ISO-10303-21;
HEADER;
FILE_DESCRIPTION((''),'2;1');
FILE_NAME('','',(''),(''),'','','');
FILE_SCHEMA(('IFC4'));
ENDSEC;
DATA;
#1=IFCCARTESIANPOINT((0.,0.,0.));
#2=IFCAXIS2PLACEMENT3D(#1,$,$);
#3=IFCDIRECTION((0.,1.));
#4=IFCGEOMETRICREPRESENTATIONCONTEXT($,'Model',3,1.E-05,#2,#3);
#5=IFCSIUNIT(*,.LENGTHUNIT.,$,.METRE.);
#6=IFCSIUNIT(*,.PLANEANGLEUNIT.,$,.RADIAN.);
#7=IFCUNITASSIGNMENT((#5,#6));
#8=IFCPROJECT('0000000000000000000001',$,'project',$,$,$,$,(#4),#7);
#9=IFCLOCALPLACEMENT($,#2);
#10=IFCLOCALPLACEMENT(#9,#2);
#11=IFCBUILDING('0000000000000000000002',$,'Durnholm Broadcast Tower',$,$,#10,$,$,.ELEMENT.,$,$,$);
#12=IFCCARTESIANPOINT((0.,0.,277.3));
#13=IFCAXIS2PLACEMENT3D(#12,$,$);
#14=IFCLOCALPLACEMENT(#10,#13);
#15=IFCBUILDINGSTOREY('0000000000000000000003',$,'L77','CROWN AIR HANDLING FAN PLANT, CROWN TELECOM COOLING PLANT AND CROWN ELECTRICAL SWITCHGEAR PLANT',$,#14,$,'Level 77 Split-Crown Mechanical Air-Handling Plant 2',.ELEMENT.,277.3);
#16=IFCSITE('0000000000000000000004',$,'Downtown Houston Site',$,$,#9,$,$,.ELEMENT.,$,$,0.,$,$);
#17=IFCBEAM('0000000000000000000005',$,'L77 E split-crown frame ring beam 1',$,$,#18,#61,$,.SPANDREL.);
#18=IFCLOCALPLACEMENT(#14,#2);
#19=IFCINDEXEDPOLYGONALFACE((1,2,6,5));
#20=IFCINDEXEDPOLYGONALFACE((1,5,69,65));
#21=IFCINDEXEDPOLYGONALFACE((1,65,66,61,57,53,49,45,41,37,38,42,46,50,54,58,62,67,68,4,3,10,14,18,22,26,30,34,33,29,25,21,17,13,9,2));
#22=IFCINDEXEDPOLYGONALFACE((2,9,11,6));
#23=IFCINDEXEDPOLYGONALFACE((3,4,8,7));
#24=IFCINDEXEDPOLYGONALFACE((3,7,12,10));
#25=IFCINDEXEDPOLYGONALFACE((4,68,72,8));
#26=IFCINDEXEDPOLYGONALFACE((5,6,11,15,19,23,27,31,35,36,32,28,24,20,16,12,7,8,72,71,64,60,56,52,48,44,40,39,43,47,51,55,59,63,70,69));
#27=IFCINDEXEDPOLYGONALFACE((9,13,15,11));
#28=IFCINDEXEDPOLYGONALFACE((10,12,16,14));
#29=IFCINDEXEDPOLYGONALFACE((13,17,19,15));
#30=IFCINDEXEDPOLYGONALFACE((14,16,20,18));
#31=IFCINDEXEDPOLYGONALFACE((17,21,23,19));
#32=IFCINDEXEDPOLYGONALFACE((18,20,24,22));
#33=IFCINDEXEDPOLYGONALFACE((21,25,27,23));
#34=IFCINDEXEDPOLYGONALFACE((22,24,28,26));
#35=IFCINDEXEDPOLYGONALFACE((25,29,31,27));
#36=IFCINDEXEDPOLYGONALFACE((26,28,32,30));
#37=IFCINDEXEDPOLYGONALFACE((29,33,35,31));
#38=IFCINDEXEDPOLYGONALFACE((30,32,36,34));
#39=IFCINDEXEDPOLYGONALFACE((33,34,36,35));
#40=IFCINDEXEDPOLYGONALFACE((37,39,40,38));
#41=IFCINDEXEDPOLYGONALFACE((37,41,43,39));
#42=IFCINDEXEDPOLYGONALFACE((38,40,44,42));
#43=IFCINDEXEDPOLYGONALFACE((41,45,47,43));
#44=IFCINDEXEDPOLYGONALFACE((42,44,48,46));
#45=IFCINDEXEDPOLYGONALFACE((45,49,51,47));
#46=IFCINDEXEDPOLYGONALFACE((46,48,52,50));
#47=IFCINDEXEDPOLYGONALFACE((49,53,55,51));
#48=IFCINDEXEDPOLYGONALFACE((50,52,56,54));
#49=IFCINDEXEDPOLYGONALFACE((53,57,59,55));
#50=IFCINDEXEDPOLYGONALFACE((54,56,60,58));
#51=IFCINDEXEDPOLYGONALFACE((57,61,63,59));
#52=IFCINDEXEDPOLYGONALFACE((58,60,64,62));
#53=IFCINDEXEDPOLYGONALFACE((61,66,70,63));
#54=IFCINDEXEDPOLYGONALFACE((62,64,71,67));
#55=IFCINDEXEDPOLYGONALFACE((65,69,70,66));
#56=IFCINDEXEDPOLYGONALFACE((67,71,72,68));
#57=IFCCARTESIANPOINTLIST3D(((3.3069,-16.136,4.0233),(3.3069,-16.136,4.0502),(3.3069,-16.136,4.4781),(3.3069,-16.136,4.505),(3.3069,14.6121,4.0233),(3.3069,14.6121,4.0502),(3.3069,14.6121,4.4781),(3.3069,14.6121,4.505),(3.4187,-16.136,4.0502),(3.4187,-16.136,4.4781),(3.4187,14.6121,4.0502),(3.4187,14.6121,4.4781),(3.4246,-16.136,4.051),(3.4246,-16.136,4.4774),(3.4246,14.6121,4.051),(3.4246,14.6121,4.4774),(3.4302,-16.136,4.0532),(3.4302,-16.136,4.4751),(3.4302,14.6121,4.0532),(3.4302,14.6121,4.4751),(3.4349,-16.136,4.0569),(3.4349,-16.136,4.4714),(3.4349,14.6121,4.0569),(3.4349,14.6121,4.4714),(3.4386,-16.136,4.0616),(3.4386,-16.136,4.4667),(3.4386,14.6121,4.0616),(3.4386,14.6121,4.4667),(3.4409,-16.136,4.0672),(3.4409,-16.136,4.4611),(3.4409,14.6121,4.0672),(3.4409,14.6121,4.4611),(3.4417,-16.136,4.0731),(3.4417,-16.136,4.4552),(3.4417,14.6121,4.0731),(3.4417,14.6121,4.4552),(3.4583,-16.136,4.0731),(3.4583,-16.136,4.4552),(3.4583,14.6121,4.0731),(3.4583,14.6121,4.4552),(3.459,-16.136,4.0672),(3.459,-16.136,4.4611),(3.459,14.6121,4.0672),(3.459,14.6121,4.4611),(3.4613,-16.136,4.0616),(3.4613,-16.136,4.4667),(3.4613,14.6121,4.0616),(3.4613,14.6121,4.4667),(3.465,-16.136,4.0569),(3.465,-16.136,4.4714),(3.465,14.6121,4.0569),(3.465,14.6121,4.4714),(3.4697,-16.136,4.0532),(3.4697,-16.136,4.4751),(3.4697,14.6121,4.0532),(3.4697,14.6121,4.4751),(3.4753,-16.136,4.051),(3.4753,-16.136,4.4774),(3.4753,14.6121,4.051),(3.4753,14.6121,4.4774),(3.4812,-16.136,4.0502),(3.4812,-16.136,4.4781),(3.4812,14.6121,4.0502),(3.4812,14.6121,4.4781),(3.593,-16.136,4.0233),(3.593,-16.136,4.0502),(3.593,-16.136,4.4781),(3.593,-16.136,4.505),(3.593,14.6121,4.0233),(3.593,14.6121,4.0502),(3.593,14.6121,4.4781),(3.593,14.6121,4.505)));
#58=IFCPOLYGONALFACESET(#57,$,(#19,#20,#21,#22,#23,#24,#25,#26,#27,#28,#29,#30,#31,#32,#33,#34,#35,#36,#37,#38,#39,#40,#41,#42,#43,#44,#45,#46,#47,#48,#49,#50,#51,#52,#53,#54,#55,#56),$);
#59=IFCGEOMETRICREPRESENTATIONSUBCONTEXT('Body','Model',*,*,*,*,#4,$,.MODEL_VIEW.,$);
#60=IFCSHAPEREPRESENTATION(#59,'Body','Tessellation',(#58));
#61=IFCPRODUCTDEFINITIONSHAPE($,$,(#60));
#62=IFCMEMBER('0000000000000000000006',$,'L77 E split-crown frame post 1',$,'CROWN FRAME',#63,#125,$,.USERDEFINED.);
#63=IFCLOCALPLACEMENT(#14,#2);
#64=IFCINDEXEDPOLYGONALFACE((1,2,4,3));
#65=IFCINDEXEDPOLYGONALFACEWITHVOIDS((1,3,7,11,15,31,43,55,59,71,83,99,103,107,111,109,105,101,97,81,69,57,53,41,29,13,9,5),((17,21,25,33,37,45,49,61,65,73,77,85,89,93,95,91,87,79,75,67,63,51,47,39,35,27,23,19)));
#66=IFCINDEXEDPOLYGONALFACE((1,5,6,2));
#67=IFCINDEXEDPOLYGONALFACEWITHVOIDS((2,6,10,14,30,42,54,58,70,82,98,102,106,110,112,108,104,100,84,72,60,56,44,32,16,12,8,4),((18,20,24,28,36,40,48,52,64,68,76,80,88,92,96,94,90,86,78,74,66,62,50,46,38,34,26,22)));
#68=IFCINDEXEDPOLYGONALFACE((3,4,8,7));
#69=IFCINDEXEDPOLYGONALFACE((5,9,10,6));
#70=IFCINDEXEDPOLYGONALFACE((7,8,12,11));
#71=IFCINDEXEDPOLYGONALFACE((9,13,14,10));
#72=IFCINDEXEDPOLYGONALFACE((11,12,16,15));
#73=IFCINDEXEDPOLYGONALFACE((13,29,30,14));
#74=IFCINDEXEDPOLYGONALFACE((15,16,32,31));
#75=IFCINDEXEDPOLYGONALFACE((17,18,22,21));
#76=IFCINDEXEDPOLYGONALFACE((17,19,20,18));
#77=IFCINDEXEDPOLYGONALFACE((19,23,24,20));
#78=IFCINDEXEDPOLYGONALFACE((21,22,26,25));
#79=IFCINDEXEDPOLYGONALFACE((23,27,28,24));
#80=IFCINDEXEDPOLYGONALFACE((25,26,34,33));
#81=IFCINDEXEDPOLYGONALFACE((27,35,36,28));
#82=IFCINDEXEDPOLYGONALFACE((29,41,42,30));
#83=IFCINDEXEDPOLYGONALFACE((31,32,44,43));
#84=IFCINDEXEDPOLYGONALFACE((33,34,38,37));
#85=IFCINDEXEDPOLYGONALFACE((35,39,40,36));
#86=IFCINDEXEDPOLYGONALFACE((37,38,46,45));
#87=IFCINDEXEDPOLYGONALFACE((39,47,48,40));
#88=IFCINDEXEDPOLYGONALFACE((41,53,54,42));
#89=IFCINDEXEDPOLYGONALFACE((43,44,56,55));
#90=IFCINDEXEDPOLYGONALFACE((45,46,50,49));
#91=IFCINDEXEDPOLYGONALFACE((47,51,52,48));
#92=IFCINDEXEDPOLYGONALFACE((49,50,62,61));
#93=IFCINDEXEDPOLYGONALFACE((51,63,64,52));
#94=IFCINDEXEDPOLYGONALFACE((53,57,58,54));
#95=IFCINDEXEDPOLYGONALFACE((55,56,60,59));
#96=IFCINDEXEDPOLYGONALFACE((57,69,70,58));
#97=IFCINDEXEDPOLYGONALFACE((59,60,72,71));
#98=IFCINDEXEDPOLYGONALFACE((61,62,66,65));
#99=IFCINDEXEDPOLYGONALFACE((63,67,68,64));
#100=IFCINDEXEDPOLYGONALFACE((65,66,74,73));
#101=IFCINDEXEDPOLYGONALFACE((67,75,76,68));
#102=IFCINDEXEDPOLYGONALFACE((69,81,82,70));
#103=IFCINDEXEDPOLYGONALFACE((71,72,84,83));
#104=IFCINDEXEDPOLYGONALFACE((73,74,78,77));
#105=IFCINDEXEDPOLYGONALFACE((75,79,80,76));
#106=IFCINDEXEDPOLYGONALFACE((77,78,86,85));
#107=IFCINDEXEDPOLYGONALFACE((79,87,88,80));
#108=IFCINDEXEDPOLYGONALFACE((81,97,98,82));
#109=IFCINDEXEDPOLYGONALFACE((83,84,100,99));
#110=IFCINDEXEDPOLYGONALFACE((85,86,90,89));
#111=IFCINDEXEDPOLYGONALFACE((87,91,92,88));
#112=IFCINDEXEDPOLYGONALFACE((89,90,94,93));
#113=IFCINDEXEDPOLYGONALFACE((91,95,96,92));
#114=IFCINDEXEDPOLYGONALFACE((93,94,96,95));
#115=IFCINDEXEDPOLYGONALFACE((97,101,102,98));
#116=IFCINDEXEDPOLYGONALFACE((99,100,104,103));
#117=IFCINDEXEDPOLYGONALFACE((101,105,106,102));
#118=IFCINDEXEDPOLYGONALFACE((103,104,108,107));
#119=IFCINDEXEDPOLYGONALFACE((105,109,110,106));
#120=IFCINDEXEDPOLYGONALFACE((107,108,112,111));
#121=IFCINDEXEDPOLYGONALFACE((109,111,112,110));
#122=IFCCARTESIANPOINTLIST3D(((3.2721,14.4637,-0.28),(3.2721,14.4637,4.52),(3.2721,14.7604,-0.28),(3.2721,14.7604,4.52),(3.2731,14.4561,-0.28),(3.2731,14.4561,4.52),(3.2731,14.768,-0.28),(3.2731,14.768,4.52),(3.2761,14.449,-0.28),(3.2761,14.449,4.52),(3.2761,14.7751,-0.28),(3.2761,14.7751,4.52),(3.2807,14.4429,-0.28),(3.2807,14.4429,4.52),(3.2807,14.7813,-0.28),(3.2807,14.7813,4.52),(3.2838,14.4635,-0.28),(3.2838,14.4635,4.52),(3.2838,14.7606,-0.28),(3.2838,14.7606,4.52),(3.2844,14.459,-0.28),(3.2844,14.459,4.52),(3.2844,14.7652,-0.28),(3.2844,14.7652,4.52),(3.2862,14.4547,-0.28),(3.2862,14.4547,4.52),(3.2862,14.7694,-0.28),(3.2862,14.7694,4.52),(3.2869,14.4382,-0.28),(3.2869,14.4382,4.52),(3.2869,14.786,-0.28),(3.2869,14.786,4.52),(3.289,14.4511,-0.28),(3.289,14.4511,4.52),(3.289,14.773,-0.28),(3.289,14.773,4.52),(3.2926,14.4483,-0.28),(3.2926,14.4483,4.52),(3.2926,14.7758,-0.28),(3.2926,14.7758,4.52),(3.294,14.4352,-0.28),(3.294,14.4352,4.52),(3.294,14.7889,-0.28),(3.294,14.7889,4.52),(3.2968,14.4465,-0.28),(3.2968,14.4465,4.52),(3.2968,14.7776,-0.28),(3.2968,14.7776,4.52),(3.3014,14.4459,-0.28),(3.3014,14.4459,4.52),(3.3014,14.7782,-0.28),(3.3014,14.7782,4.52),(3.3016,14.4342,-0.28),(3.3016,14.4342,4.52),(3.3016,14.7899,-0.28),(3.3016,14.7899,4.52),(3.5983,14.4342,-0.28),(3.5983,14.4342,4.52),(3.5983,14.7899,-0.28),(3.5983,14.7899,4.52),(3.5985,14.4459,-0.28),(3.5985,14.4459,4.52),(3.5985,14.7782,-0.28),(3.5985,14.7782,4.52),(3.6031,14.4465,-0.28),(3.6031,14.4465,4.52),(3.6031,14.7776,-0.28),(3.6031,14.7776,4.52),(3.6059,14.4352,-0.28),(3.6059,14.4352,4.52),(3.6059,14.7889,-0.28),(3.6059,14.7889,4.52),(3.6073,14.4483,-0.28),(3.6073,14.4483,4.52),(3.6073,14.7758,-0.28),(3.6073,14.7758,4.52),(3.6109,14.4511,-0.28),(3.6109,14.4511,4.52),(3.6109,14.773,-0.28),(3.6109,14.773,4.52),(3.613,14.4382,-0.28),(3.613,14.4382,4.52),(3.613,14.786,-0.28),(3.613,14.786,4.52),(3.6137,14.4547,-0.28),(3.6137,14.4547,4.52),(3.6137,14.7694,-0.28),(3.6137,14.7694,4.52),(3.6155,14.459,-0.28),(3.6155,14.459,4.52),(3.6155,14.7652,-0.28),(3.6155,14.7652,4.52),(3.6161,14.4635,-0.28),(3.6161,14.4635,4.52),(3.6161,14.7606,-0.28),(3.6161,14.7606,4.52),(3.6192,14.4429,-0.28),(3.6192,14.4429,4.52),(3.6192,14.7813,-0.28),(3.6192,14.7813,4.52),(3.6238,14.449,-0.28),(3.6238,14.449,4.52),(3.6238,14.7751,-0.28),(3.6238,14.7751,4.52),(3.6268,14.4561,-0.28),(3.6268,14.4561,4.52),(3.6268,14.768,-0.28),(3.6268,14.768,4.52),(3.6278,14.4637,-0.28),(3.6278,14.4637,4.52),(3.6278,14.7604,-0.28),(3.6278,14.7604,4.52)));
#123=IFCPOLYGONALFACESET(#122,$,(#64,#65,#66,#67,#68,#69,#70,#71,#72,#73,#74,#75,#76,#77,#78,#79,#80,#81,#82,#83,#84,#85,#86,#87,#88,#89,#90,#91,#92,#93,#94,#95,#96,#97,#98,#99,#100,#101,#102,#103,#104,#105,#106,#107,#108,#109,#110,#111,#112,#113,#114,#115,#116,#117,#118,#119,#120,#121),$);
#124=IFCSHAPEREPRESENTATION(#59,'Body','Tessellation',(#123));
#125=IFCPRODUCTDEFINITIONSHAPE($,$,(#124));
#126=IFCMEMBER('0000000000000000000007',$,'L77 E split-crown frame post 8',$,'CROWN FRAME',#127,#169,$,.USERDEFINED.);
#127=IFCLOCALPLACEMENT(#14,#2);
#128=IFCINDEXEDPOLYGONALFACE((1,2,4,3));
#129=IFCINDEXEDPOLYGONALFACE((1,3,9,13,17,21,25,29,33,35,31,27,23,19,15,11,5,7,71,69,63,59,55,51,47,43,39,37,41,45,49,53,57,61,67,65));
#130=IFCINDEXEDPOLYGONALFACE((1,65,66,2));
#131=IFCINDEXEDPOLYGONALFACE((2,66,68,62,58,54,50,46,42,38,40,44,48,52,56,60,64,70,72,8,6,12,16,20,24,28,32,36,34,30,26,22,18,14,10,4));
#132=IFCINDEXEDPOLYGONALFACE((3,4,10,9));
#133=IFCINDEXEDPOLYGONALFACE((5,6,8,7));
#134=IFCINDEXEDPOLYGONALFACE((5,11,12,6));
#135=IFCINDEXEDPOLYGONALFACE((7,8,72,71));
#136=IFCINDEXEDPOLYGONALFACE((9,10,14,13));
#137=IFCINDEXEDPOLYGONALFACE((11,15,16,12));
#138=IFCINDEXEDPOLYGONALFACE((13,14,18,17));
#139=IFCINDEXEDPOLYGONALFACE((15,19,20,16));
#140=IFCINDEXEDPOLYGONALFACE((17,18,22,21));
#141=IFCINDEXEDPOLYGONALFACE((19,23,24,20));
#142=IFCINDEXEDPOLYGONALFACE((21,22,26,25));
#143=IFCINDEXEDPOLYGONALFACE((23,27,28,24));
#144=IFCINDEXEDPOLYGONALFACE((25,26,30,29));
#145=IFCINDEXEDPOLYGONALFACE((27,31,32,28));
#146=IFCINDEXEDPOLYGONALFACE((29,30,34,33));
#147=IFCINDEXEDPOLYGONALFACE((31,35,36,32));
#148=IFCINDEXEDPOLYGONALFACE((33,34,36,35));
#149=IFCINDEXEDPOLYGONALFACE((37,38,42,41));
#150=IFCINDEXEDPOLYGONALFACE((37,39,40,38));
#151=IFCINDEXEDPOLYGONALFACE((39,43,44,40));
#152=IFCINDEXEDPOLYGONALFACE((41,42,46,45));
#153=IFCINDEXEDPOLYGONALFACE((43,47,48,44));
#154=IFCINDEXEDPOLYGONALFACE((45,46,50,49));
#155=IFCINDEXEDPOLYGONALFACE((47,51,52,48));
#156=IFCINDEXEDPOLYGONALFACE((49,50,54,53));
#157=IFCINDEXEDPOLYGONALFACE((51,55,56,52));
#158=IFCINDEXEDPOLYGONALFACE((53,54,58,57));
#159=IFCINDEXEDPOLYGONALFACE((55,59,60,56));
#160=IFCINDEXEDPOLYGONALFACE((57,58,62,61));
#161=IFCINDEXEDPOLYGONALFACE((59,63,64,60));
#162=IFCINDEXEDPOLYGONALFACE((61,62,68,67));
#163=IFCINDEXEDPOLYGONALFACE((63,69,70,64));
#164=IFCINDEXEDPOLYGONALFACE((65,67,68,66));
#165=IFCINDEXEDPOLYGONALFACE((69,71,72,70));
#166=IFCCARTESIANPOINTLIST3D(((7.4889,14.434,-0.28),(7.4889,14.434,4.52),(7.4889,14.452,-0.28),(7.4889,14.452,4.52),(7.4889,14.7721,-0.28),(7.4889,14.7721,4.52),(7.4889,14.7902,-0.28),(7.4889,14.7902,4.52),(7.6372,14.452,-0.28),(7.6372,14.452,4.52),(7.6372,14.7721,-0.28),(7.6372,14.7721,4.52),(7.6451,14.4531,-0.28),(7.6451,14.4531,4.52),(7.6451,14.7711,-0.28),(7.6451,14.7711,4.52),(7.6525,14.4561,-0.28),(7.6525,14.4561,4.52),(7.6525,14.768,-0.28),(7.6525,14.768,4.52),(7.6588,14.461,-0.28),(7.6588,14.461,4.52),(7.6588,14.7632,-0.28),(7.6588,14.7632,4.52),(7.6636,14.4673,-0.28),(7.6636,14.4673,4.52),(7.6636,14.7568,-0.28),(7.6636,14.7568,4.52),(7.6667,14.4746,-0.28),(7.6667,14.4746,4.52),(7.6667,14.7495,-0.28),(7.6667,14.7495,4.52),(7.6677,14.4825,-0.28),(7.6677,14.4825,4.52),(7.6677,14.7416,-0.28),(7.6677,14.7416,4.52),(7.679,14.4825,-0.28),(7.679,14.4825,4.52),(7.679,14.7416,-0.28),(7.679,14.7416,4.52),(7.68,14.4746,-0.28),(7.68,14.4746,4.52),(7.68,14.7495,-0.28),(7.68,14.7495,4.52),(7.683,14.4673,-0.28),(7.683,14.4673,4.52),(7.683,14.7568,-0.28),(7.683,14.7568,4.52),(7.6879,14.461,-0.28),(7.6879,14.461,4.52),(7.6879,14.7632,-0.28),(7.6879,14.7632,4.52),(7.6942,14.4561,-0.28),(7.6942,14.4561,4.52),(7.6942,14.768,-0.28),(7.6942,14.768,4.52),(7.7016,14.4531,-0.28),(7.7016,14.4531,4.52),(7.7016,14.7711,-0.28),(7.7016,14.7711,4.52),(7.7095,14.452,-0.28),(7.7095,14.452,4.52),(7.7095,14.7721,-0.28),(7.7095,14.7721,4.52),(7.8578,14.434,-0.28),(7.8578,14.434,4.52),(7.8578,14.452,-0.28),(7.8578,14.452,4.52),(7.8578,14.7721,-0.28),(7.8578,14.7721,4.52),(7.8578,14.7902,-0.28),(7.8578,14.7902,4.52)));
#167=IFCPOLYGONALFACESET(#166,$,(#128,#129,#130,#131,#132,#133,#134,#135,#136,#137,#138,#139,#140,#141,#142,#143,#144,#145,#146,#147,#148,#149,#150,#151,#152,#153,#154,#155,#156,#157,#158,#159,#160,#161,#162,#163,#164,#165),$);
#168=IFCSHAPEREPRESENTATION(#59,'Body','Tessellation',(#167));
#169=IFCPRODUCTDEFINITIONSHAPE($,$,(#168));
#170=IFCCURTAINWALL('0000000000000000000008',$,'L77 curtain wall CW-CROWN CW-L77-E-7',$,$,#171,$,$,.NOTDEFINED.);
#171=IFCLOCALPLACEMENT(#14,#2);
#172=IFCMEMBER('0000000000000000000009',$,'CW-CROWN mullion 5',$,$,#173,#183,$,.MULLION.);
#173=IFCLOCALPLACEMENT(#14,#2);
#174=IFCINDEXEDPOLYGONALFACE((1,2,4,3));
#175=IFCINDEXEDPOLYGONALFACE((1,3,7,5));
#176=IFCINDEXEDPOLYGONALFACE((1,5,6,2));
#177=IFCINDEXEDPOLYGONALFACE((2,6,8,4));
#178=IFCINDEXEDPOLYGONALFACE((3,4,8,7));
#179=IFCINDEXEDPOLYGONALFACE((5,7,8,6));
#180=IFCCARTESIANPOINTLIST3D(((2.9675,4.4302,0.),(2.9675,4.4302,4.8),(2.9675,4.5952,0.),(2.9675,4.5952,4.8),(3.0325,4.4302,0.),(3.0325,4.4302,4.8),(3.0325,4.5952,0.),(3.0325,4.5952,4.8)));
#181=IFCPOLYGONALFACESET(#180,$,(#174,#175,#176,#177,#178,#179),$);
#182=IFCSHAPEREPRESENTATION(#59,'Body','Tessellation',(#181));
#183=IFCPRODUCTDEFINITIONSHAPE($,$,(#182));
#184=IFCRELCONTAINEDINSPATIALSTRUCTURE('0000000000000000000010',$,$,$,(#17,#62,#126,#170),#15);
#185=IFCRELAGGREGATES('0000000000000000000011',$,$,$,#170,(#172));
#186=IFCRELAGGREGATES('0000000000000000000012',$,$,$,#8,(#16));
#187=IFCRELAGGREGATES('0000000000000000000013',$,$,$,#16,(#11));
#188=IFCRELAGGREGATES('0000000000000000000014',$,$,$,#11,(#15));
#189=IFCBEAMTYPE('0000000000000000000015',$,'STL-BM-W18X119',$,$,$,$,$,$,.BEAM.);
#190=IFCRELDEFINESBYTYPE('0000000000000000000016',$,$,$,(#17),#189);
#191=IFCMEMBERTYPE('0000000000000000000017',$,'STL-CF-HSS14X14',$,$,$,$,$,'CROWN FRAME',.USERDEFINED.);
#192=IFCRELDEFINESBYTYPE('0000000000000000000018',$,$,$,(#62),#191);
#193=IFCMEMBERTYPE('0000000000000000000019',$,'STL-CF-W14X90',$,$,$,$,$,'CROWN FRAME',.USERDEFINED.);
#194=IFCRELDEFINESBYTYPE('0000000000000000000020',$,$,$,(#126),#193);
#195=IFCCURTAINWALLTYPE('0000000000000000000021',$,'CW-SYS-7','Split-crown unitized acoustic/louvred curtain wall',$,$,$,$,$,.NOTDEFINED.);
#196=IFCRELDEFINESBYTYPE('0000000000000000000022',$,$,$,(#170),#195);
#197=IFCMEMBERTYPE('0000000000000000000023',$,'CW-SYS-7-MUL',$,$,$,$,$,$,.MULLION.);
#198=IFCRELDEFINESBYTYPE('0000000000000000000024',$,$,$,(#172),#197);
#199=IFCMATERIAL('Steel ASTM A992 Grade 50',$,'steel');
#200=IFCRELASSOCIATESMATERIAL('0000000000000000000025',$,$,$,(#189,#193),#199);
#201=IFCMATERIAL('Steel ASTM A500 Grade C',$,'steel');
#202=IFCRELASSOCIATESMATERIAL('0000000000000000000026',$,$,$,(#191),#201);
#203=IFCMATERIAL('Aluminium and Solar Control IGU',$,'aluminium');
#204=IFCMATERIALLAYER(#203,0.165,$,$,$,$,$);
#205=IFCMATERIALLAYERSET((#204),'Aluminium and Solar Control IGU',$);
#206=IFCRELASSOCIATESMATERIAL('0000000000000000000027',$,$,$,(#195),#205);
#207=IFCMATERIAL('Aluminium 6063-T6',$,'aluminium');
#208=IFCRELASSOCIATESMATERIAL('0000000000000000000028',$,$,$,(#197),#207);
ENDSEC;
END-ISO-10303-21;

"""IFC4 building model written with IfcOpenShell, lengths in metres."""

from ifc_helpers import new_model, si_unit, direction, frame, origin, origin_2d, place, context, subcontext, project, spatial, rectangle, hollow_rectangle, i_section, extrude, source, transform, mapped, material, layer, layer_set, material_profile, profile_set, type_object, type_shapes, element, aggregate, save


model = new_model("IFC4")

# Units and contexts
model_context = context("Model", 3, precision=1e-05, world=origin(), true_north=direction((0.0, 1.0)))
body_context = subcontext(model_context, "Body", "Model", "MODEL_VIEW")
ifc_project = project(units=[si_unit("LENGTHUNIT", "METRE"), si_unit("PLANEANGLEUNIT", "RADIAN")], contexts=[model_context])

# Site, building, storey
site_placement = place(None, origin())
site = spatial("IfcSite", under=ifc_project, at=site_placement, Name="Downtown Houston Site", CompositionType="ELEMENT", RefElevation=0.0)
building_placement = place(site_placement, origin())
building = spatial("IfcBuilding", under=site, at=building_placement, Name="Durnholm Broadcast Tower", CompositionType="ELEMENT")
storey_placement = place(building_placement, frame((0.0, 0.0, 277.3)))
storey = spatial("IfcBuildingStorey", under=building, at=storey_placement, Name="L77", Description="CROWN AIR HANDLING FAN PLANT, CROWN TELECOM COOLING PLANT AND CROWN ELECTRICAL SWITCHGEAR PLANT", LongName="Level 77 Split-Crown Mechanical Air-Handling Plant 2", CompositionType="ELEMENT", Elevation=277.3)

# Shared definitions
ifc_material_1 = material(Name="Steel ASTM A500 Grade C", Category="steel")

# Beam
ifc_material_2 = material(Name="Steel ASTM A992 Grade 50", Category="steel")
ifc_material_profile_1 = material_profile(ifc_material_2, i_section(OverallWidth=0.2861, OverallDepth=0.4817, WebThickness=0.0166, FlangeThickness=0.0269, FilletRadius=0.0229, at=origin_2d()), Name="W18X119")
ifc_profile_set_1 = profile_set([ifc_material_profile_1], Name="Steel ASTM A992 Grade 50")
beam_type_1 = type_object("IfcBeamType", Name="STL-BM-W18X119", PredefinedType="BEAM", material=ifc_profile_set_1)
shared_shape_1 = source(origin(), body_context, "Body", "SweptSolid", [
    extrude(i_section(OverallWidth=0.2861, OverallDepth=0.4817, WebThickness=0.0166, FlangeThickness=0.0269, FilletRadius=0.0229, at=origin_2d()), origin(), (0.0, 0.0, 1.0), 30.748),
])
type_shapes(beam_type_1, [shared_shape_1])
beam_1_placement = place(storey_placement, frame((3.45, 14.6121, 4.2642), z_axis=(0.0, -1.0, 0.0), x_axis=(1.0, 0.0, 0.0)))
element("IfcBeam", 1, at=beam_1_placement, inside=storey, type_object=beam_type_1, Name="L77 E split-crown frame ring beam 1", PredefinedType="SPANDREL", context=body_context, shape_type="MappedRepresentation", body=[
    mapped(shared_shape_1, transform((0.0, 0.0, 0.0), x_axis=(1.0, 0.0, 0.0), y_axis=(0.0, 1.0, 0.0), z_axis=(0.0, 0.0, 1.0), scale=1.0)),
])

# Members
ifc_material_profile_2 = material_profile(ifc_material_1, hollow_rectangle(XDim=0.3557, YDim=0.3557, WallThickness=0.0117, InnerFilletRadius=0.0176, OuterFilletRadius=0.0295, at=origin_2d()), Name="HSS14X14X1/2")
ifc_profile_set_2 = profile_set([ifc_material_profile_2], Name="Steel ASTM A500 Grade C")
member_type_1 = type_object("IfcMemberType", Name="STL-CF-HSS14X14", ElementType="CROWN FRAME", PredefinedType="USERDEFINED", material=ifc_profile_set_2)
shared_shape_2 = source(origin(), body_context, "Body", "SweptSolid", [
    extrude(hollow_rectangle(XDim=0.3557, YDim=0.3557, WallThickness=0.0117, InnerFilletRadius=0.0176, OuterFilletRadius=0.0295, at=origin_2d()), origin(), (0.0, 0.0, 1.0), 4.8),
])
type_shapes(member_type_1, [shared_shape_2])
member_1_placement = place(storey_placement, frame((3.45, 14.6121, -0.28), z_axis=(0.0, 0.0, 1.0), x_axis=(1.0, 0.0, 0.0)))
element("IfcMember", 2, at=member_1_placement, inside=storey, type_object=member_type_1, Name="L77 E split-crown frame post 1", ObjectType="CROWN FRAME", PredefinedType="USERDEFINED", context=body_context, shape_type="MappedRepresentation", body=[
    mapped(shared_shape_2, transform((0.0, 0.0, 0.0), x_axis=(1.0, 0.0, 0.0), y_axis=(0.0, 1.0, 0.0), z_axis=(0.0, 0.0, 1.0), scale=1.0)),
])
ifc_material_profile_3 = material_profile(ifc_material_2, i_section(OverallWidth=0.3689, OverallDepth=0.3562, WebThickness=0.0112, FlangeThickness=0.0181, FilletRadius=0.0305, at=origin_2d()), Name="W14X90")
ifc_profile_set_3 = profile_set([ifc_material_profile_3], Name="Steel ASTM A992 Grade 50")
member_type_2 = type_object("IfcMemberType", Name="STL-CF-W14X90", ElementType="CROWN FRAME", PredefinedType="USERDEFINED", material=ifc_profile_set_3)
shared_shape_3 = source(origin(), body_context, "Body", "SweptSolid", [
    extrude(i_section(OverallWidth=0.3689, OverallDepth=0.3562, WebThickness=0.0112, FlangeThickness=0.0181, FilletRadius=0.0305, at=origin_2d()), origin(), (0.0, 0.0, 1.0), 4.8),
])
type_shapes(member_type_2, [shared_shape_3])
member_2_placement = place(storey_placement, frame((7.6733, 14.6121, -0.28), z_axis=(0.0, 0.0, 1.0), x_axis=(1.0, 0.0, 0.0)))
element("IfcMember", 3, at=member_2_placement, inside=storey, type_object=member_type_2, Name="L77 E split-crown frame post 8", ObjectType="CROWN FRAME", PredefinedType="USERDEFINED", context=body_context, shape_type="MappedRepresentation", body=[
    mapped(shared_shape_3, transform((0.0, 0.0, 0.0), x_axis=(1.0, 0.0, 0.0), y_axis=(0.0, 1.0, 0.0), z_axis=(0.0, 0.0, 1.0), scale=1.0)),
])

# Curtain wall, member
ifc_material_3 = material(Name="Aluminium and Solar Control IGU", Category="aluminium")
ifc_layer_1 = layer(ifc_material_3, 0.165)
ifc_layer_set_1 = layer_set([ifc_layer_1], Name="Aluminium and Solar Control IGU")
curtain_wall_type = type_object("IfcCurtainWallType", Name="CW-SYS-7", Description="Split-crown unitized acoustic/louvred curtain wall", PredefinedType="NOTDEFINED", material=ifc_layer_set_1)
curtain_wall_placement = place(storey_placement, origin())
curtain_wall = element("IfcCurtainWall", 4, at=curtain_wall_placement, inside=storey, type_object=curtain_wall_type, Name="L77 curtain wall CW-CROWN CW-L77-E-7", PredefinedType="NOTDEFINED")
ifc_material_4 = material(Name="Aluminium 6063-T6", Category="aluminium")
ifc_material_profile_4 = material_profile(ifc_material_4, rectangle(XDim=0.0649, YDim=0.165, at=origin_2d()), Name="CWM65X165")
ifc_profile_set_4 = profile_set([ifc_material_profile_4], Name="Aluminium 6063-T6")
member_type_3 = type_object("IfcMemberType", Name="CW-SYS-7-MUL", PredefinedType="MULLION", material=ifc_profile_set_4)
shared_shape_4 = source(origin(), body_context, "Body", "SweptSolid", [
    extrude(rectangle(XDim=0.0649, YDim=0.165, at=origin_2d()), origin(), (0.0, 0.0, 1.0), 4.8),
])
type_shapes(member_type_3, [shared_shape_4])
member_3_placement = place(storey_placement, frame((3.0, 4.5127, 0.0), z_axis=(0.0, 0.0, 1.0), x_axis=(-1.0, 0.0, 0.0)))
member_3 = element("IfcMember", 5, at=member_3_placement, type_object=member_type_3, Name="CW-CROWN mullion 5", PredefinedType="MULLION", context=body_context, shape_type="MappedRepresentation", body=[
    mapped(shared_shape_4, transform((0.0, 0.0, 0.0), x_axis=(1.0, 0.0, 0.0), y_axis=(0.0, 1.0, 0.0), z_axis=(0.0, 0.0, 1.0), scale=1.0)),
])

aggregate(curtain_wall, [member_3])

save(model, "model.ifc")
